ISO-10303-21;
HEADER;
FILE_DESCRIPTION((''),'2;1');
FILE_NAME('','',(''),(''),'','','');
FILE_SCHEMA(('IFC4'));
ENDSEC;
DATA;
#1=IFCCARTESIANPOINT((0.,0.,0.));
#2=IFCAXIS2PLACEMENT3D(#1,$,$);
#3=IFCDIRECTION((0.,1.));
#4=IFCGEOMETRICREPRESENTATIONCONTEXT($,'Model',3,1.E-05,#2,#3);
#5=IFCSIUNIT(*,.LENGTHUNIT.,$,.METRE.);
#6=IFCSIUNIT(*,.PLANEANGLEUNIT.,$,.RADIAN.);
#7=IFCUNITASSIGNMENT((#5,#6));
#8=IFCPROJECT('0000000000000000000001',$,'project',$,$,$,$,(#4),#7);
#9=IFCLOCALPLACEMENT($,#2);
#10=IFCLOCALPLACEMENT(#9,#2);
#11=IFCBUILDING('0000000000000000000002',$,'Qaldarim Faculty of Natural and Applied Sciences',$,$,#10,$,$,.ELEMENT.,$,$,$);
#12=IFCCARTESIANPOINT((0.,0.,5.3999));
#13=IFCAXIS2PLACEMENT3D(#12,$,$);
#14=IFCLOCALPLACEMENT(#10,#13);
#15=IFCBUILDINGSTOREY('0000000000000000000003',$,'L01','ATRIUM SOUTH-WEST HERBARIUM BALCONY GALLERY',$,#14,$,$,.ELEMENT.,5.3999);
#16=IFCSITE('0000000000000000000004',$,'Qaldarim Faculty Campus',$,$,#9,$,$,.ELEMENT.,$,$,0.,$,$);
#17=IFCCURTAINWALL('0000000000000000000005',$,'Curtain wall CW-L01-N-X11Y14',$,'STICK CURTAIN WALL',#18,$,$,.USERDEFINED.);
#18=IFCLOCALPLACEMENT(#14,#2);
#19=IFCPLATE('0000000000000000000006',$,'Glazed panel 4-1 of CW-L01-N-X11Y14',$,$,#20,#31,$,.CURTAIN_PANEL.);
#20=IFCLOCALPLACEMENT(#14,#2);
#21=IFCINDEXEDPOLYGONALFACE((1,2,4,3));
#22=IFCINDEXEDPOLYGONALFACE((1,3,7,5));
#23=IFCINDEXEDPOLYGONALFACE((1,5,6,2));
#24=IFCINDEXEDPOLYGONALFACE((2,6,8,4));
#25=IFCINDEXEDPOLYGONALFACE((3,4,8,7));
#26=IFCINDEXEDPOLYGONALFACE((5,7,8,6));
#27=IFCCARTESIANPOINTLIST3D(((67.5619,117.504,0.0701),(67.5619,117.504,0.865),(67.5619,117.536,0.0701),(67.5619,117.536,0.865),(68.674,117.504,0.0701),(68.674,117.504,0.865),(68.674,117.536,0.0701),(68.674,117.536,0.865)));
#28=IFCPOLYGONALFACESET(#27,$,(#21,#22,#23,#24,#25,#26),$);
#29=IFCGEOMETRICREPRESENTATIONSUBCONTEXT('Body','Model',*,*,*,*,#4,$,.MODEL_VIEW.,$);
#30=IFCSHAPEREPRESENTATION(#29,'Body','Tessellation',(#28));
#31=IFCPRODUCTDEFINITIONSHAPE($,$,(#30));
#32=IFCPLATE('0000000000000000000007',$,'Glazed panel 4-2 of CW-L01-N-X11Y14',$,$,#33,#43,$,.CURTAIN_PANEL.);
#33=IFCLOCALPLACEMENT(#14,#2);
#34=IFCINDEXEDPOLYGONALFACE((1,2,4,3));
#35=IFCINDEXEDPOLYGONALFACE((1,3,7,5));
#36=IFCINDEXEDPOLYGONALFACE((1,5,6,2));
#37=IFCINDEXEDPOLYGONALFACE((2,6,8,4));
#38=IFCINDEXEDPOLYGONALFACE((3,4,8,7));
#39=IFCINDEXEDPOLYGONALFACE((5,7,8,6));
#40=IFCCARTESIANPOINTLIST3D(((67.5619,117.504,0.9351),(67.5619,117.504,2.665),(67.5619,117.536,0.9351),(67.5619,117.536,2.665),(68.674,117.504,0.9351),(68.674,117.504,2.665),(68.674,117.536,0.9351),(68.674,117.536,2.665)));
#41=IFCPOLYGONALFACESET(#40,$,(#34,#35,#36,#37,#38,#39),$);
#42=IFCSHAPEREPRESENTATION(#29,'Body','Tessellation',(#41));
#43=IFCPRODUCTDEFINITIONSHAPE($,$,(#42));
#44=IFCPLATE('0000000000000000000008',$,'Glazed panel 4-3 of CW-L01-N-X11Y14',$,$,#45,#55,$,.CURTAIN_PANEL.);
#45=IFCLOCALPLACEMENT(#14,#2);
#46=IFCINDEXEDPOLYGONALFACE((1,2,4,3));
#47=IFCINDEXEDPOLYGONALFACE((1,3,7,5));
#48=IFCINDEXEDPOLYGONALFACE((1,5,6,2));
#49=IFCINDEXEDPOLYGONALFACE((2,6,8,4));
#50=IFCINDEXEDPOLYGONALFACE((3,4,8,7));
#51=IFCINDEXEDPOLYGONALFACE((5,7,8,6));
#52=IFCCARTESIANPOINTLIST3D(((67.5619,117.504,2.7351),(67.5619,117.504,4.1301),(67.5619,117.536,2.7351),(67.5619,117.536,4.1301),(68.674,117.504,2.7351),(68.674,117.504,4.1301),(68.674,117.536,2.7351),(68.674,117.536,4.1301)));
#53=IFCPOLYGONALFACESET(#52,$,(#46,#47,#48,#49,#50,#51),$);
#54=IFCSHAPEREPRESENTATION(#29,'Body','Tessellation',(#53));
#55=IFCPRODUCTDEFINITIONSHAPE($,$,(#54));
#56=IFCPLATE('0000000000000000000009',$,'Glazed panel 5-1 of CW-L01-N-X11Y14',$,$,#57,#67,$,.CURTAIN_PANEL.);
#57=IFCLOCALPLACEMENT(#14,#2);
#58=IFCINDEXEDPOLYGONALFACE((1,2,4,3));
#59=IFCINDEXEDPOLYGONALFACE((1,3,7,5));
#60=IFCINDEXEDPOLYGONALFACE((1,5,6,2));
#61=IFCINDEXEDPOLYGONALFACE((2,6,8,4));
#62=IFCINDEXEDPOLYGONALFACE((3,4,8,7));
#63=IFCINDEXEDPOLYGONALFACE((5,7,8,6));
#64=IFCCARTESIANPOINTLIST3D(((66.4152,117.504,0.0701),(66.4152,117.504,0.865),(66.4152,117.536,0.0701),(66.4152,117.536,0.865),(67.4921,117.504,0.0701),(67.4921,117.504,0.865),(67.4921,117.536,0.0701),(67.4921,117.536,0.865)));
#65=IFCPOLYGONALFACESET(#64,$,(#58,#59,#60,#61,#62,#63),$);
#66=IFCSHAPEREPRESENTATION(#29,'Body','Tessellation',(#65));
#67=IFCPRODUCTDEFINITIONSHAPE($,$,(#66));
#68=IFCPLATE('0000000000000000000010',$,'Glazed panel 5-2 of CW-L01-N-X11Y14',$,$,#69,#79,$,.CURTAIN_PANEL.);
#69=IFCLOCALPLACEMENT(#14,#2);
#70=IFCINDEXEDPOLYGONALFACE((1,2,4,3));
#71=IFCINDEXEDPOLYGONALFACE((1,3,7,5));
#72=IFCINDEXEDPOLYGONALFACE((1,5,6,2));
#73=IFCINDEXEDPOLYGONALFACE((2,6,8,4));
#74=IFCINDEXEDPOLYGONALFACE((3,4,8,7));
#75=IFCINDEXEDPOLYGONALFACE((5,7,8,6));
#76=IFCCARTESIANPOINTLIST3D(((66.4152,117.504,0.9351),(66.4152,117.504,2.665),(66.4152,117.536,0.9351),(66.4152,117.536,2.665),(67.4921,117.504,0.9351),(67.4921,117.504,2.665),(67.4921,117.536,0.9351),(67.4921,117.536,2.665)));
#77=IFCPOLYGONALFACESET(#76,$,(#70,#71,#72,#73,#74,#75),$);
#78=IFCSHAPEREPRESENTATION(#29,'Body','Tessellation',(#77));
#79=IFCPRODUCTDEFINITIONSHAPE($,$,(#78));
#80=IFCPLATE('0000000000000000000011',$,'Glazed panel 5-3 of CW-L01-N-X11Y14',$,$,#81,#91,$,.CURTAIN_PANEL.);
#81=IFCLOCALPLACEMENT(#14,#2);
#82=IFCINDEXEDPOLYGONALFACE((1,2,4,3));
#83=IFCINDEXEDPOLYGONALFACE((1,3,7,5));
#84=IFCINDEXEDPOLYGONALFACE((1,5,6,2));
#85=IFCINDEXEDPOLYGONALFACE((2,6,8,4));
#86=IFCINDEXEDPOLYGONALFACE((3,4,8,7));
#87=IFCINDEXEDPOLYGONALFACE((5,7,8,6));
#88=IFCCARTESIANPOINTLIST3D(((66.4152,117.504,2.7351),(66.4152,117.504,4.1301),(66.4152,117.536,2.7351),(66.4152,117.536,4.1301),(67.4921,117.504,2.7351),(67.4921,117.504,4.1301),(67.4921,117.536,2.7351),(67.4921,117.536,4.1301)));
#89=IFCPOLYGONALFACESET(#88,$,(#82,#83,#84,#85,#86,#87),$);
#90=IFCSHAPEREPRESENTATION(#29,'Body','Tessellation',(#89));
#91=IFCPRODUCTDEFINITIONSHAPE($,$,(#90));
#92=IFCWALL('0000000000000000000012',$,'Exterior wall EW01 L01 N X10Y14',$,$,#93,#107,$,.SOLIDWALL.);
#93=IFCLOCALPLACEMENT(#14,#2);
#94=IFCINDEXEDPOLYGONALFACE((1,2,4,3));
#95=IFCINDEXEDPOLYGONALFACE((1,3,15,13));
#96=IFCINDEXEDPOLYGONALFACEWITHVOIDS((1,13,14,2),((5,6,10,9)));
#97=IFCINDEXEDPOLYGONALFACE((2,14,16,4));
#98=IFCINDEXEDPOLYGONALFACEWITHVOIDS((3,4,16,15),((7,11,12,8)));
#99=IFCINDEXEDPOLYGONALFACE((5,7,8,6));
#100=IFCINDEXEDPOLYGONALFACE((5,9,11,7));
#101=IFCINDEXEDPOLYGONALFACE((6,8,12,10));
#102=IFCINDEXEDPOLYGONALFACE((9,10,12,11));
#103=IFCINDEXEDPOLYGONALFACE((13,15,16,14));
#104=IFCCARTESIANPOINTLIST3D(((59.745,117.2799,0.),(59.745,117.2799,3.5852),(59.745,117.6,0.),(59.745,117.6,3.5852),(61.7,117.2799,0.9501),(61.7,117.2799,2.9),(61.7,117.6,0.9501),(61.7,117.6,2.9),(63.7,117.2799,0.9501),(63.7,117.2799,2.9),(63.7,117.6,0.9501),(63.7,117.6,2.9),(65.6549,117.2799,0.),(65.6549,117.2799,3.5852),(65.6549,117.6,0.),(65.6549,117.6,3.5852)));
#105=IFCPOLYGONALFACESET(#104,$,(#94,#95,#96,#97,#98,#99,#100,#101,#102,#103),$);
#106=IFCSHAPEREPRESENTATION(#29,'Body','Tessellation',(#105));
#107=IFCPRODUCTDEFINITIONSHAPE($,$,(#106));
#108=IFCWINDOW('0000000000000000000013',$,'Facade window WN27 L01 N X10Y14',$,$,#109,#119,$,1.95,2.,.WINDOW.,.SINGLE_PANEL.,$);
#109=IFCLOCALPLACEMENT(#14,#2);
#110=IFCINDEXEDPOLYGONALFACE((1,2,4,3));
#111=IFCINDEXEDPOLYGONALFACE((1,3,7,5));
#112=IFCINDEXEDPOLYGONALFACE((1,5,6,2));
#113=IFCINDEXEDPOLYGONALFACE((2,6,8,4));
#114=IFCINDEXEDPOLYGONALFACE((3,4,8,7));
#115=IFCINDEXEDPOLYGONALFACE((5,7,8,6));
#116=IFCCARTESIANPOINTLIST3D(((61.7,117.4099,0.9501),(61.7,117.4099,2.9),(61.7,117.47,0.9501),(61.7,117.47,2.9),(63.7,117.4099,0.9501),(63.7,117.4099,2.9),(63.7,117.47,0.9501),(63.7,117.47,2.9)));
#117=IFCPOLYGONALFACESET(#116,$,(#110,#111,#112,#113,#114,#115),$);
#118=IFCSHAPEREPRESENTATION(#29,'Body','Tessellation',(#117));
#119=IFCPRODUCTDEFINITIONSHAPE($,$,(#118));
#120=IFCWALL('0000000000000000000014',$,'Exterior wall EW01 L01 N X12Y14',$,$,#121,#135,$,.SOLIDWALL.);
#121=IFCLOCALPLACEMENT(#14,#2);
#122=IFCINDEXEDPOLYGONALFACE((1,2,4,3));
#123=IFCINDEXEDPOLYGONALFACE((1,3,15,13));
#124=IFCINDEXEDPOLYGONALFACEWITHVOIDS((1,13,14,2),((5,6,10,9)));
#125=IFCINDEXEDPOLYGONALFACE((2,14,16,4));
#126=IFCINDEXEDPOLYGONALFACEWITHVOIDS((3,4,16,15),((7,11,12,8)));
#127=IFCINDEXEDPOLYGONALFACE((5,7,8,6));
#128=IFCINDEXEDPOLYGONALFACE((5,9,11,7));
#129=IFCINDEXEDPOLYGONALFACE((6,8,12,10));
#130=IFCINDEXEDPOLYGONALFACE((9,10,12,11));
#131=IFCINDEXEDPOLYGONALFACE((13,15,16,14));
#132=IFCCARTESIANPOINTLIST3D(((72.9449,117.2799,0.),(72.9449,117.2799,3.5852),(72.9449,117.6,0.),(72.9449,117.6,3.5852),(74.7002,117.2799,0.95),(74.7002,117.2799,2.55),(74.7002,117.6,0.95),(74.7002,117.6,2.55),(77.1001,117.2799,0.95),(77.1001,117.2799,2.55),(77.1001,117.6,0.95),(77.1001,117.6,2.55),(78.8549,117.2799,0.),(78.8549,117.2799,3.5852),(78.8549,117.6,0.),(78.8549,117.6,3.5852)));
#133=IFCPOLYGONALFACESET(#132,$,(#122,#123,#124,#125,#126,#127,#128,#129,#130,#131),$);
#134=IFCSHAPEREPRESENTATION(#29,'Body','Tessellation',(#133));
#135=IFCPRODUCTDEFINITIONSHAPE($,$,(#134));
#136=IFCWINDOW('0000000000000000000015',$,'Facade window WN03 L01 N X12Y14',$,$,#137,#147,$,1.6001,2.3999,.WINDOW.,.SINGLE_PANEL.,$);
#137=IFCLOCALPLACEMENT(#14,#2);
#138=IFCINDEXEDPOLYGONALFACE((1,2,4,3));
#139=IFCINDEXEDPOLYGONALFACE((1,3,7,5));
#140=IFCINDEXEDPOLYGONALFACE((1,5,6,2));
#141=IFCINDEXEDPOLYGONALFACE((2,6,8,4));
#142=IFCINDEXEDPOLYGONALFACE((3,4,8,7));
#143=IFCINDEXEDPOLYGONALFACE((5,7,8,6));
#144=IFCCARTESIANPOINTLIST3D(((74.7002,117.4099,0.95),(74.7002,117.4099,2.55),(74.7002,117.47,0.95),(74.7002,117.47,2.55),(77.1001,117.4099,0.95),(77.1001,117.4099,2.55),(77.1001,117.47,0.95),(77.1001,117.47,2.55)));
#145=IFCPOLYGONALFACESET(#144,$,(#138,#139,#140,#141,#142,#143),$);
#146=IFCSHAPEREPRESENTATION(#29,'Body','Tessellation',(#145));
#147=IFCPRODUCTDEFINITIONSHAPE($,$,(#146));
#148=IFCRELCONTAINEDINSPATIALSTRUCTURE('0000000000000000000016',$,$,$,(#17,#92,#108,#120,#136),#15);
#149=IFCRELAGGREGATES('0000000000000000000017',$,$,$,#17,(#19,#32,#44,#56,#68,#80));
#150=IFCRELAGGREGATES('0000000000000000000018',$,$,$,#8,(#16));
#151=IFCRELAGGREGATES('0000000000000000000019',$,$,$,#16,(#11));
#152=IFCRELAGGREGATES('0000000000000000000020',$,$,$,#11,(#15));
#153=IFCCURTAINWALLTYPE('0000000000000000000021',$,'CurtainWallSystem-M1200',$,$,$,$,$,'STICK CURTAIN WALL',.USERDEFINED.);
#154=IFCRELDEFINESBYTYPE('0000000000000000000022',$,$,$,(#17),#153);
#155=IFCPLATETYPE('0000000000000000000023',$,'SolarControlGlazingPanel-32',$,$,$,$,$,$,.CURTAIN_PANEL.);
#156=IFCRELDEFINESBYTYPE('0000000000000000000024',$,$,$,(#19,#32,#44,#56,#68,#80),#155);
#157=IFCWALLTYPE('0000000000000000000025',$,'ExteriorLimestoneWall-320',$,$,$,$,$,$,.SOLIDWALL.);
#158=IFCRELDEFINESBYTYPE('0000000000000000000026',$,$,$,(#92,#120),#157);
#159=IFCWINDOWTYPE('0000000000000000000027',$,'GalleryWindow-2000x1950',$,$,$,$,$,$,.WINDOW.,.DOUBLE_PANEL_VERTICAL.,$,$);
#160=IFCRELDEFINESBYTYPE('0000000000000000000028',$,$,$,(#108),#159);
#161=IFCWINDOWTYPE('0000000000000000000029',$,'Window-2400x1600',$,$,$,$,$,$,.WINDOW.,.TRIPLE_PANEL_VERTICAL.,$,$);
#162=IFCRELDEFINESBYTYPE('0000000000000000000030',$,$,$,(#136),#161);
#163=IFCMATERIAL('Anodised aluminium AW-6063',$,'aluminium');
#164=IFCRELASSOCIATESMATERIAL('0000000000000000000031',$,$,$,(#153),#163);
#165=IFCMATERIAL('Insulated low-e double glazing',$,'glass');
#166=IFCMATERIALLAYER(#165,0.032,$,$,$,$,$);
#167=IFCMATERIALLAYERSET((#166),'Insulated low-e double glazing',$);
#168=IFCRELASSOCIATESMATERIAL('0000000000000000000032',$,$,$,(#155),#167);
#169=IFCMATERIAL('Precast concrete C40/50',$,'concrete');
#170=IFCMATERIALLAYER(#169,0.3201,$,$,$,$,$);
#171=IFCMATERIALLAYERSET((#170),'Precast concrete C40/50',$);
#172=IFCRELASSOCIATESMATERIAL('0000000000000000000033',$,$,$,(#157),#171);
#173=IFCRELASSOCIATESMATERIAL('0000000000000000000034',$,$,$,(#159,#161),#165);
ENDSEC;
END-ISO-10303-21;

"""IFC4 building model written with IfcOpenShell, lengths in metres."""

from ifc_helpers import new_model, si_unit, direction, frame, frame_2d, origin, origin_2d, place, context, subcontext, project, spatial, rectangle, extrude, material, layer, layer_set, type_object, element, fill, aggregate, save


model = new_model("IFC4")

# Units and contexts
model_context = context("Model", 3, precision=1e-05, world=origin(), true_north=direction((0.0, 1.0)))
body_context = subcontext(model_context, "Body", "Model", "MODEL_VIEW")
ifc_project = project(units=[si_unit("LENGTHUNIT", "METRE"), si_unit("PLANEANGLEUNIT", "RADIAN")], contexts=[model_context])

# Site, building, storey
site_placement = place(None, origin())
site = spatial("IfcSite", under=ifc_project, at=site_placement, Name="Qaldarim Faculty Campus", CompositionType="ELEMENT", RefElevation=0.0)
building_placement = place(site_placement, origin())
building = spatial("IfcBuilding", under=site, at=building_placement, Name="Qaldarim Faculty of Natural and Applied Sciences", CompositionType="ELEMENT")
storey_placement = place(building_placement, frame((0.0, 0.0, 5.3999)))
storey = spatial("IfcBuildingStorey", under=building, at=storey_placement, Name="L01", Description="ATRIUM SOUTH-WEST HERBARIUM BALCONY GALLERY", CompositionType="ELEMENT", Elevation=5.3999)

# Curtain wall
ifc_material_1 = material(Name="Anodised aluminium AW-6063", Category="aluminium")
curtain_wall_type = type_object("IfcCurtainWallType", Name="CurtainWallSystem-M1200", ElementType="STICK CURTAIN WALL", PredefinedType="USERDEFINED", material=ifc_material_1)
curtain_wall_placement = place(storey_placement, origin())
curtain_wall = element("IfcCurtainWall", 1, at=curtain_wall_placement, inside=storey, type_object=curtain_wall_type, Name="Curtain wall CW-L01-N-X11Y14", ObjectType="STICK CURTAIN WALL", PredefinedType="USERDEFINED")

# Plates
ifc_material_2 = material(Name="Insulated low-e double glazing", Category="glass")
ifc_layer_1 = layer(ifc_material_2, 0.032)
ifc_layer_set_1 = layer_set([ifc_layer_1], Name="Insulated low-e double glazing")
plate_type = type_object("IfcPlateType", Name="SolarControlGlazingPanel-32", PredefinedType="CURTAIN_PANEL", material=ifc_layer_set_1)
plate_1_placement = place(storey_placement, frame((68.1179, 117.52, 0.0701), z_axis=(0.0, 0.0, 1.0), x_axis=(-1.0, 0.0, 0.0)))
plate_1 = element("IfcPlate", 2, at=plate_1_placement, type_object=plate_type, Name="Glazed panel 4-1 of CW-L01-N-X11Y14", PredefinedType="CURTAIN_PANEL", context=body_context, shape_type="SweptSolid", body=[
    extrude(rectangle(XDim=1.1121, YDim=0.032, at=origin_2d()), origin(), (0.0, 0.0, 1.0), 0.7949),
])
plate_2_placement = place(storey_placement, frame((68.1179, 117.52, 0.9351), z_axis=(0.0, 0.0, 1.0), x_axis=(-1.0, 0.0, 0.0)))
plate_2 = element("IfcPlate", 3, at=plate_2_placement, type_object=plate_type, Name="Glazed panel 4-2 of CW-L01-N-X11Y14", PredefinedType="CURTAIN_PANEL", context=body_context, shape_type="SweptSolid", body=[
    extrude(rectangle(XDim=1.1121, YDim=0.032, at=origin_2d()), origin(), (0.0, 0.0, 1.0), 1.73),
])
plate_3_placement = place(storey_placement, frame((68.1179, 117.52, 2.7351), z_axis=(0.0, 0.0, 1.0), x_axis=(-1.0, 0.0, 0.0)))
plate_3 = element("IfcPlate", 4, at=plate_3_placement, type_object=plate_type, Name="Glazed panel 4-3 of CW-L01-N-X11Y14", PredefinedType="CURTAIN_PANEL", context=body_context, shape_type="SweptSolid", body=[
    extrude(rectangle(XDim=1.1121, YDim=0.032, at=origin_2d()), origin(), (0.0, 0.0, 1.0), 1.395),
])
plate_4_placement = place(storey_placement, frame((66.9536, 117.52, 0.0701), z_axis=(0.0, 0.0, 1.0), x_axis=(-1.0, 0.0, 0.0)))
plate_4 = element("IfcPlate", 5, at=plate_4_placement, type_object=plate_type, Name="Glazed panel 5-1 of CW-L01-N-X11Y14", PredefinedType="CURTAIN_PANEL", context=body_context, shape_type="SweptSolid", body=[
    extrude(rectangle(XDim=1.0769, YDim=0.032, at=origin_2d()), origin(), (0.0, 0.0, 1.0), 0.7949),
])
plate_5_placement = place(storey_placement, frame((66.9536, 117.52, 0.9351), z_axis=(0.0, 0.0, 1.0), x_axis=(-1.0, 0.0, 0.0)))
plate_5 = element("IfcPlate", 6, at=plate_5_placement, type_object=plate_type, Name="Glazed panel 5-2 of CW-L01-N-X11Y14", PredefinedType="CURTAIN_PANEL", context=body_context, shape_type="SweptSolid", body=[
    extrude(rectangle(XDim=1.0769, YDim=0.032, at=origin_2d()), origin(), (0.0, 0.0, 1.0), 1.73),
])
plate_6_placement = place(storey_placement, frame((66.9536, 117.52, 2.7351), z_axis=(0.0, 0.0, 1.0), x_axis=(-1.0, 0.0, 0.0)))
plate_6 = element("IfcPlate", 7, at=plate_6_placement, type_object=plate_type, Name="Glazed panel 5-3 of CW-L01-N-X11Y14", PredefinedType="CURTAIN_PANEL", context=body_context, shape_type="SweptSolid", body=[
    extrude(rectangle(XDim=1.0769, YDim=0.032, at=origin_2d()), origin(), (0.0, 0.0, 1.0), 1.395),
])
aggregate(curtain_wall, [plate_1, plate_2, plate_3, plate_4, plate_5, plate_6])

# Walls, openings, windows
ifc_material_3 = material(Name="Precast concrete C40/50", Category="concrete")
ifc_layer_2 = layer(ifc_material_3, 0.3201)
ifc_layer_set_2 = layer_set([ifc_layer_2], Name="Precast concrete C40/50")
wall_type = type_object("IfcWallType", Name="ExteriorLimestoneWall-320", PredefinedType="SOLIDWALL", material=ifc_layer_set_2)
wall_1_placement = place(storey_placement, frame((65.655, 117.4399, 0.0), z_axis=(0.0, 0.0, 1.0), x_axis=(-1.0, 0.0, 0.0)))
wall_1 = element("IfcWall", 8, at=wall_1_placement, inside=storey, type_object=wall_type, Name="Exterior wall EW01 L01 N X10Y14", PredefinedType="SOLIDWALL", context=body_context, shape_type="SweptSolid", body=[
    extrude(rectangle(XDim=5.9099, YDim=0.3201, at=frame_2d((2.9551, 0.0))), origin(), (0.0, 0.0, 1.0), 3.5852),
])
opening_1_placement = place(wall_1_placement, frame((1.9551, 0.0, 0.95)))
opening_1 = element("IfcOpeningElement", 9, at=opening_1_placement, cuts=wall_1, PredefinedType="OPENING", context=body_context, shape_type="SweptSolid", body=[
    extrude(rectangle(XDim=2.0, YDim=1.95, at=frame_2d((1.0, 0.9751))), frame((0.0, 0.1699, 0.0), z_axis=(0.0, -1.0, 0.0), x_axis=(1.0, 0.0, 0.0)), (0.0, 0.0, 1.0), 0.3401),
])
window_type_1 = type_object("IfcWindowType", Name="GalleryWindow-2000x1950", PartitioningType="DOUBLE_PANEL_VERTICAL", PredefinedType="WINDOW", material=ifc_material_2)
window_1_placement = place(opening_1_placement, origin())
window_1 = element("IfcWindow", 10, at=window_1_placement, inside=storey, type_object=window_type_1, Name="Facade window WN27 L01 N X10Y14", OverallHeight=1.95, OverallWidth=2.0, PartitioningType="SINGLE_PANEL", PredefinedType="WINDOW", context=body_context, shape_type="SweptSolid", body=[
    extrude(rectangle(XDim=2.0, YDim=1.95, at=frame_2d((1.0, 0.9751))), frame((0.0, 0.03, 0.0), z_axis=(0.0, -1.0, 0.0), x_axis=(1.0, 0.0, 0.0)), (0.0, 0.0, 1.0), 0.0601),
])
fill(opening_1, window_1)
wall_2_placement = place(storey_placement, frame((78.855, 117.4399, 0.0), z_axis=(0.0, 0.0, 1.0), x_axis=(-1.0, 0.0, 0.0)))
wall_2 = element("IfcWall", 11, at=wall_2_placement, inside=storey, type_object=wall_type, Name="Exterior wall EW01 L01 N X12Y14", PredefinedType="SOLIDWALL", context=body_context, shape_type="SweptSolid", body=[
    extrude(rectangle(XDim=5.9099, YDim=0.3201, at=frame_2d((2.9551, 0.0))), origin(), (0.0, 0.0, 1.0), 3.5852),
])
opening_2_placement = place(wall_2_placement, frame((1.7549, 0.0, 0.95)))
opening_2 = element("IfcOpeningElement", 12, at=opening_2_placement, cuts=wall_2, PredefinedType="OPENING", context=body_context, shape_type="SweptSolid", body=[
    extrude(rectangle(XDim=2.3999, YDim=1.6001, at=frame_2d((1.2, 0.8))), frame((0.0, 0.1699, 0.0), z_axis=(0.0, -1.0, 0.0), x_axis=(1.0, 0.0, 0.0)), (0.0, 0.0, 1.0), 0.3401),
])
window_type_2 = type_object("IfcWindowType", Name="Window-2400x1600", PartitioningType="TRIPLE_PANEL_VERTICAL", PredefinedType="WINDOW", material=ifc_material_2)
window_2_placement = place(opening_2_placement, origin())
window_2 = element("IfcWindow", 13, at=window_2_placement, inside=storey, type_object=window_type_2, Name="Facade window WN03 L01 N X12Y14", OverallHeight=1.6001, OverallWidth=2.3999, PartitioningType="SINGLE_PANEL", PredefinedType="WINDOW", context=body_context, shape_type="SweptSolid", body=[
    extrude(rectangle(XDim=2.3999, YDim=1.6001, at=frame_2d((1.2, 0.8))), frame((0.0, 0.03, 0.0), z_axis=(0.0, -1.0, 0.0), x_axis=(1.0, 0.0, 0.0)), (0.0, 0.0, 1.0), 0.0601),
])
fill(opening_2, window_2)

save(model, "model.ifc")
